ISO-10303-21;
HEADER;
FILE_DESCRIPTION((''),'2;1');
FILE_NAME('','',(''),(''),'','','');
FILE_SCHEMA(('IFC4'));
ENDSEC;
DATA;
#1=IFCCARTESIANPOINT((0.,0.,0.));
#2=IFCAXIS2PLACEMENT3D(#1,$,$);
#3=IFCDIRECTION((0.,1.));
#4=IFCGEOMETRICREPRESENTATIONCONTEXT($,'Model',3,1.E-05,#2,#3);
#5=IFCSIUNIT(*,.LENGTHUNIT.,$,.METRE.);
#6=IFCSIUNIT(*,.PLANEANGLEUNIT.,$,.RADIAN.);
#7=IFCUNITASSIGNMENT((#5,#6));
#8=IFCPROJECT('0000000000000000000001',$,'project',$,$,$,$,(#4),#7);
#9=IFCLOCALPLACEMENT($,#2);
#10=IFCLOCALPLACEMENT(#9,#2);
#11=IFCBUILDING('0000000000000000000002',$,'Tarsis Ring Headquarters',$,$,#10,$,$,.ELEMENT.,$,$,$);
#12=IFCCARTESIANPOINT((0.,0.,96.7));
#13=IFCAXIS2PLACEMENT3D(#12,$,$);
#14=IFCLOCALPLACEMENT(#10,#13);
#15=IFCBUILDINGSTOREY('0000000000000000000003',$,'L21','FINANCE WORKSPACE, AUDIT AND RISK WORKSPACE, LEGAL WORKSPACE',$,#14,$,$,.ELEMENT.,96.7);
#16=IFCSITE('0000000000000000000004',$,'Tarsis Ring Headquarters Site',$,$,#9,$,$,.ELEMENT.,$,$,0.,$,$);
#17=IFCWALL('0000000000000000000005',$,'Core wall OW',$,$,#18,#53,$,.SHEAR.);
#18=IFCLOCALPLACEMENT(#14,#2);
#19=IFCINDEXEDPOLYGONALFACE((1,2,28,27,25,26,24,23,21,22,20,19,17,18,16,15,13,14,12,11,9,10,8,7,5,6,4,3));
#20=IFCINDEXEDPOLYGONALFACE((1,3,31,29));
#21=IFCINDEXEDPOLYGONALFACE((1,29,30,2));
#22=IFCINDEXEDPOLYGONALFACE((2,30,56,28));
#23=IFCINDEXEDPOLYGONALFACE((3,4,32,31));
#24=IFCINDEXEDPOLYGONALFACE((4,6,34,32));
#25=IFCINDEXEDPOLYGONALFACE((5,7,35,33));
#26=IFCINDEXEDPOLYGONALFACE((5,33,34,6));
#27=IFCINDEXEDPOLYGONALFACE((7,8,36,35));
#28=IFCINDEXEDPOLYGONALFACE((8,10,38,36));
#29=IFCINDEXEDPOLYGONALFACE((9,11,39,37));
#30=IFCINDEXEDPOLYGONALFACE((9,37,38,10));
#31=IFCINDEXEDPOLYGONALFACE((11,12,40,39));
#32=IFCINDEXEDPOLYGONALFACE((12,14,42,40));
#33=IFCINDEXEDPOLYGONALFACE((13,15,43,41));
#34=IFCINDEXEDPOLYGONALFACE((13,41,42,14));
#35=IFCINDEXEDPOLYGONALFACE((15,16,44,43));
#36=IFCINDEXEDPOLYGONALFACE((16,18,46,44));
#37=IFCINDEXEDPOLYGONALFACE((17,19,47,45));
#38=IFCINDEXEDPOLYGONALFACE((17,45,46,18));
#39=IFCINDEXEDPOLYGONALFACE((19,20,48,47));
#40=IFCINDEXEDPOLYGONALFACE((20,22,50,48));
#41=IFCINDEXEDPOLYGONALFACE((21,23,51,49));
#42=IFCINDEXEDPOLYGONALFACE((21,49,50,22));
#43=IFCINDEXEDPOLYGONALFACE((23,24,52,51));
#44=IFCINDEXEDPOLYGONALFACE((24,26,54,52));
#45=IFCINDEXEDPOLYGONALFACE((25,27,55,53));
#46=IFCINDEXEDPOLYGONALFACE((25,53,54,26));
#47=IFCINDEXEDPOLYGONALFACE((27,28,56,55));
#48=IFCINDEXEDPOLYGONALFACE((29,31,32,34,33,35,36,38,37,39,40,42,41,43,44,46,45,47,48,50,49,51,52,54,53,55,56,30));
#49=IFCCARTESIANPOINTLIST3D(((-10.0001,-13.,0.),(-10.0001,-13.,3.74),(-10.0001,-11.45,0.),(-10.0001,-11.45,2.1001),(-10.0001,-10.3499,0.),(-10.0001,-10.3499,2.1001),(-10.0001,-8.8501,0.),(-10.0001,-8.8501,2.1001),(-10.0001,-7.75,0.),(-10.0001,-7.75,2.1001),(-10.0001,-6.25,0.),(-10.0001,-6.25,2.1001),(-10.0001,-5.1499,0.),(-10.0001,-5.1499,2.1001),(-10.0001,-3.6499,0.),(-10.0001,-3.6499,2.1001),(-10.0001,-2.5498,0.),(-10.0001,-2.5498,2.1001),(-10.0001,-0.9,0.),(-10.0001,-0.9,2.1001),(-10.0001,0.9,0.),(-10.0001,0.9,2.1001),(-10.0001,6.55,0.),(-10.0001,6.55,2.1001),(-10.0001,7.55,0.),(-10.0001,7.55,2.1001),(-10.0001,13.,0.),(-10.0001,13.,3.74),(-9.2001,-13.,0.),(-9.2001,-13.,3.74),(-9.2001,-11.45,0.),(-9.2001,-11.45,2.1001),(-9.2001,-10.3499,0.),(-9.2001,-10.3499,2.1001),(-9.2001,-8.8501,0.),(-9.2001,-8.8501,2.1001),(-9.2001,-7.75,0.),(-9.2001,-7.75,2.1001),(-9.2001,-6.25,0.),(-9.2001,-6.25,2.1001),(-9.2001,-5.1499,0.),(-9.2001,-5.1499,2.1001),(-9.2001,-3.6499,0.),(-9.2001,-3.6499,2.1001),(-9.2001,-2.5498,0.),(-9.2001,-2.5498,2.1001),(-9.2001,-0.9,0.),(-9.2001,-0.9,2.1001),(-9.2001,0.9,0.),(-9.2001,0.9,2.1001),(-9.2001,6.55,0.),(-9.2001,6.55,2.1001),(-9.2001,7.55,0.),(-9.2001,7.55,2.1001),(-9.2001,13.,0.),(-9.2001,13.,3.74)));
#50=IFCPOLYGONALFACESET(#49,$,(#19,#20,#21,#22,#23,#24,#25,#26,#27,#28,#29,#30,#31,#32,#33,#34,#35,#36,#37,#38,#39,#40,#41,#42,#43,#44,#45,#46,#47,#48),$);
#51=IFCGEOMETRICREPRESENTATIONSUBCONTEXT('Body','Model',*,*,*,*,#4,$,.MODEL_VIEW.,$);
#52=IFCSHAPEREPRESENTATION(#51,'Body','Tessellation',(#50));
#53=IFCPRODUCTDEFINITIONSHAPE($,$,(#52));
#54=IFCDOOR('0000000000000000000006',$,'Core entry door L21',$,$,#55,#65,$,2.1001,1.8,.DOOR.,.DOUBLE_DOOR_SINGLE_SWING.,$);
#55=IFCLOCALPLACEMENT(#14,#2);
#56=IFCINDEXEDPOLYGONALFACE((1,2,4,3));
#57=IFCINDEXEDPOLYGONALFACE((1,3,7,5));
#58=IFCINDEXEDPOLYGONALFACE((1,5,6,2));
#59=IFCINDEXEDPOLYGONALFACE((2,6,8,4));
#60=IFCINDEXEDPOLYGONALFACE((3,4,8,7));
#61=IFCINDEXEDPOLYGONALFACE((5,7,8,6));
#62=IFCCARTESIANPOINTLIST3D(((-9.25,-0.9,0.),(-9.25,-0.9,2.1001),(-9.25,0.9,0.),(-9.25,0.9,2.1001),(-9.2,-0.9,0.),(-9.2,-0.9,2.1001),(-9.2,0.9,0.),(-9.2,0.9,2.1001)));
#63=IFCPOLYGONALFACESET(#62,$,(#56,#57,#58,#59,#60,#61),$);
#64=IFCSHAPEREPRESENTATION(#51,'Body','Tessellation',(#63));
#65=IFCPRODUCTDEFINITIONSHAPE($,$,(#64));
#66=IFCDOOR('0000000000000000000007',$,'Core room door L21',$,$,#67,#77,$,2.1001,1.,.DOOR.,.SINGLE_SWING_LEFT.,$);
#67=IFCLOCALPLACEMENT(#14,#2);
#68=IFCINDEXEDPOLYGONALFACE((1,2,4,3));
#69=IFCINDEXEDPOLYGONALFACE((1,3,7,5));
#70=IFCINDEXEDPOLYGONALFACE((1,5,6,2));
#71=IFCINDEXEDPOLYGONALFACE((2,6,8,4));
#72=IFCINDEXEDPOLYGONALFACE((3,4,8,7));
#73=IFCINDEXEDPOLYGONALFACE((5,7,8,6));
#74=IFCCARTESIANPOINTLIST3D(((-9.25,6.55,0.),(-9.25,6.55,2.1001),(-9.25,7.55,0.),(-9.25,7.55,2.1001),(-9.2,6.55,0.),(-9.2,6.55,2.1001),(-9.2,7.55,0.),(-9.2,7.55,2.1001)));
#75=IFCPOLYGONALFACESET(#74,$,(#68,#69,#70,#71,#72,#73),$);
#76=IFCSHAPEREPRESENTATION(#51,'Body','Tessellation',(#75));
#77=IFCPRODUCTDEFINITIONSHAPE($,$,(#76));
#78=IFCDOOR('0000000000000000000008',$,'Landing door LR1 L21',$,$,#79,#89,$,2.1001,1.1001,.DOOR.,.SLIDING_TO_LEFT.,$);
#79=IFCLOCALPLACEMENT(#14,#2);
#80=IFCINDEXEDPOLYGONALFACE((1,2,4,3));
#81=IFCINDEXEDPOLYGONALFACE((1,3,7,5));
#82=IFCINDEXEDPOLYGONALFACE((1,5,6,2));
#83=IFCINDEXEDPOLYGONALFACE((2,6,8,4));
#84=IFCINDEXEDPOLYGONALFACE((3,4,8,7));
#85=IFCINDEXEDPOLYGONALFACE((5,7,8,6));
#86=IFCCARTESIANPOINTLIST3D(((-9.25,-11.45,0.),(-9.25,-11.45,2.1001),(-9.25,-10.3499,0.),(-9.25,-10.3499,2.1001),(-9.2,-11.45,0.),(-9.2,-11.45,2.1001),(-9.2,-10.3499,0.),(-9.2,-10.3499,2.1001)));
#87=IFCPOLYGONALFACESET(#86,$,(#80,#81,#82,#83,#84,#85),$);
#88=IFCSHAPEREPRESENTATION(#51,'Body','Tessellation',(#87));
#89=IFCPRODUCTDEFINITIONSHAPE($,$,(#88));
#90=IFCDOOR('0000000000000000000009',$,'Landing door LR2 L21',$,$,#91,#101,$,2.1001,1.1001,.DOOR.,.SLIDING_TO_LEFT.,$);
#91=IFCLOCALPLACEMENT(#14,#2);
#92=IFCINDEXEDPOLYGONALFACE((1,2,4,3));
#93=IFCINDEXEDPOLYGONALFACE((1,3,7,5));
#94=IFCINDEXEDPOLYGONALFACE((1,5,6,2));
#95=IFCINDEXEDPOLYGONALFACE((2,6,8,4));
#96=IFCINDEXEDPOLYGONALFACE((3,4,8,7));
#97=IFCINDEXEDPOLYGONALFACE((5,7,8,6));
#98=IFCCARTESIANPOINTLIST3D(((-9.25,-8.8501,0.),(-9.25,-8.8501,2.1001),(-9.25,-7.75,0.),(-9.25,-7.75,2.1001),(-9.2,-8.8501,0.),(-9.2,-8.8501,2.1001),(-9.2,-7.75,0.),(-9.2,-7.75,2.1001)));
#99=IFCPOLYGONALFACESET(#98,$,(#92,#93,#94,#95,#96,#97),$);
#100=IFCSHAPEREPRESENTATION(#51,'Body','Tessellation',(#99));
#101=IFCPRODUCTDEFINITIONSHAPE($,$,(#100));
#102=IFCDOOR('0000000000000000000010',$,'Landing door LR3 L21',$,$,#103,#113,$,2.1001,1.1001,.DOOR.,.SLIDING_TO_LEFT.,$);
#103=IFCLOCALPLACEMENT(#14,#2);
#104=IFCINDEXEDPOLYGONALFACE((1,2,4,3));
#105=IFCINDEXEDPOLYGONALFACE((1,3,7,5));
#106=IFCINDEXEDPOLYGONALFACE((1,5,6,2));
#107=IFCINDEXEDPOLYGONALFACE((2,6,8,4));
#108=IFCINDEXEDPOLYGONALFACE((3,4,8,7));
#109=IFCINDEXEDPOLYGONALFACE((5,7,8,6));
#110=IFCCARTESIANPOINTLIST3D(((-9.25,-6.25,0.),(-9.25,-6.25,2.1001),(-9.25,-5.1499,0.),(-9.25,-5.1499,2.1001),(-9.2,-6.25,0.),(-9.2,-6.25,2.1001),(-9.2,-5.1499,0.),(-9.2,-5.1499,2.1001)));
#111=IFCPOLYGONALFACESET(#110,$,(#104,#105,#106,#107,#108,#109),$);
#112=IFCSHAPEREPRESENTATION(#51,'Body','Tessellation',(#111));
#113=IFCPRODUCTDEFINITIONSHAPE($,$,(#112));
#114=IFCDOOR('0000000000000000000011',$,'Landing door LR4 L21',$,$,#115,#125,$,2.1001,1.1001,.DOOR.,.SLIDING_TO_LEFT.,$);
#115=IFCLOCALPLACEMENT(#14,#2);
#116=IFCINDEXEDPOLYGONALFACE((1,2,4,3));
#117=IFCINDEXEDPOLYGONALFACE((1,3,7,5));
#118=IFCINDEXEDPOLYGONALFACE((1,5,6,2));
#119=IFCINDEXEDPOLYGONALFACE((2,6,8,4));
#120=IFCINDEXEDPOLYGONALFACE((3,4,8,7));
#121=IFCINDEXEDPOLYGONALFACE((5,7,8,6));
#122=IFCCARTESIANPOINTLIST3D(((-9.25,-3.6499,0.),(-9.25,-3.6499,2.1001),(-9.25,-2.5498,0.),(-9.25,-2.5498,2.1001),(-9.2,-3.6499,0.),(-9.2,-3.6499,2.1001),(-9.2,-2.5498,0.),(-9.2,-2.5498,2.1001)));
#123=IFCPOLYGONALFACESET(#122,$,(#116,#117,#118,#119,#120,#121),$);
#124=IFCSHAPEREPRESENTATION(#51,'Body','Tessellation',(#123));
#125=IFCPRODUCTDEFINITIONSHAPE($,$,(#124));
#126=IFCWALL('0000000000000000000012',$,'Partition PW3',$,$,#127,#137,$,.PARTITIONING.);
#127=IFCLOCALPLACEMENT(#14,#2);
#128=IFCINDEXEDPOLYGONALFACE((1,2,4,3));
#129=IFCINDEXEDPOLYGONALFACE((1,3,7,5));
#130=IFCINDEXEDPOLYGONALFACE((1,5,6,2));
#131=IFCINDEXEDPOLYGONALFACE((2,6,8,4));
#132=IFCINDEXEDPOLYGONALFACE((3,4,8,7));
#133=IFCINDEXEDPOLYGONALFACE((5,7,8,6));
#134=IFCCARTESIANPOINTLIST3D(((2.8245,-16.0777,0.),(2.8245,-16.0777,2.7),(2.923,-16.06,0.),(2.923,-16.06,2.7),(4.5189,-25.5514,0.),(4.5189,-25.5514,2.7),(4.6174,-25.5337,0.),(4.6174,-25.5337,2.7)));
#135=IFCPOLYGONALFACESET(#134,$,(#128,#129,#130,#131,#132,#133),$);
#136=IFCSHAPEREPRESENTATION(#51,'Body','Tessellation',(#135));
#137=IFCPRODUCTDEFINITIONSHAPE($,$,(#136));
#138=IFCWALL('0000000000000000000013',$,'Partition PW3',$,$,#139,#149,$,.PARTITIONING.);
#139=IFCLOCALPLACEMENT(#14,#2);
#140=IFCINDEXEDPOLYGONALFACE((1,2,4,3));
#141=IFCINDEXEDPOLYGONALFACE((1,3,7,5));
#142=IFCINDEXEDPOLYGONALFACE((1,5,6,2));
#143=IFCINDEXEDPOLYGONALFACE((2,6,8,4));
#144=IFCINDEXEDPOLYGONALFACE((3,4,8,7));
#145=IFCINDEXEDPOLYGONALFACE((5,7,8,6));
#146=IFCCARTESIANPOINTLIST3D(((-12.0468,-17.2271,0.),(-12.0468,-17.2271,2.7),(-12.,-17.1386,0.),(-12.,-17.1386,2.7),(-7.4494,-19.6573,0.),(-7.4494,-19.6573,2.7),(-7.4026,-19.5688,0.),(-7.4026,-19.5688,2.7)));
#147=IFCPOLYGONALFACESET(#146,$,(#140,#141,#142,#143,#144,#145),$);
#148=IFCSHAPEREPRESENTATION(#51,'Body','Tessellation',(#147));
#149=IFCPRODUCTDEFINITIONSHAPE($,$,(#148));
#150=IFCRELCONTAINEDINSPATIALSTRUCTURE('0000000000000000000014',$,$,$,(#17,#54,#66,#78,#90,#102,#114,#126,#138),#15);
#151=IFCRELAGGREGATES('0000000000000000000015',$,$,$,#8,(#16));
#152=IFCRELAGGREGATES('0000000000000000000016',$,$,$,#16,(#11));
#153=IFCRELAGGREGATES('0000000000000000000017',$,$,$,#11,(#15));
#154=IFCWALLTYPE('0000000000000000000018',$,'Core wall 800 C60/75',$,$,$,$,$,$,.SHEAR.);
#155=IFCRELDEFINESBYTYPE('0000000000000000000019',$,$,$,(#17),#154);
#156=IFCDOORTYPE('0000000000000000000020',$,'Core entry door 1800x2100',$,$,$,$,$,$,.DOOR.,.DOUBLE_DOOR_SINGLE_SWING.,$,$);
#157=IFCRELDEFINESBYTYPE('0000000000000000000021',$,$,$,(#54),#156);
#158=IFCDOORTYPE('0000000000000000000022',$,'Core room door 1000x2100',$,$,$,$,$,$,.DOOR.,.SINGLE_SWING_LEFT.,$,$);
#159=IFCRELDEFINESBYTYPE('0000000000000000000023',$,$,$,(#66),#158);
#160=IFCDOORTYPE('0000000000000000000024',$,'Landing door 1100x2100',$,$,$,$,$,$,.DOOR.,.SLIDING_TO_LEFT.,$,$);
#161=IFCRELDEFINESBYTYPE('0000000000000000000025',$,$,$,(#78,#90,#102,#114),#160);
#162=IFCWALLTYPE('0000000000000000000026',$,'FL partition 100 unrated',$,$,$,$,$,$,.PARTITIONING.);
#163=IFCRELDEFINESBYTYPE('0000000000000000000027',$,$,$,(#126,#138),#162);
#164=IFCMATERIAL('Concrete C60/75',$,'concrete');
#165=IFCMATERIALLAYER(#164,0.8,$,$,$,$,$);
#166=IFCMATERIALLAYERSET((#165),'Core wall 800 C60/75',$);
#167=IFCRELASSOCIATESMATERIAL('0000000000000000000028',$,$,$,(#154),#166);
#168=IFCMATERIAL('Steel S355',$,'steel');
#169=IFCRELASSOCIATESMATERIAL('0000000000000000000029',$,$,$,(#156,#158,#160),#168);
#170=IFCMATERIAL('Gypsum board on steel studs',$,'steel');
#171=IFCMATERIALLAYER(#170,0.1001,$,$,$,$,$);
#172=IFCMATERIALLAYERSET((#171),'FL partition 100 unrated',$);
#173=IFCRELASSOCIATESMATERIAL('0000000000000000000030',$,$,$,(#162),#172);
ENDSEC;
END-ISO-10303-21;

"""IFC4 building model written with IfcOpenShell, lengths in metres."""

from ifc_helpers import new_model, si_unit, direction, frame, frame_2d, origin, place, context, subcontext, project, spatial, rectangle, extrude, material, layer, layer_set, type_object, element, fill, save


model = new_model("IFC4")

# Units and contexts
model_context = context("Model", 3, precision=1e-05, world=origin(), true_north=direction((0.0, 1.0)))
body_context = subcontext(model_context, "Body", "Model", "MODEL_VIEW")
ifc_project = project(units=[si_unit("LENGTHUNIT", "METRE"), si_unit("PLANEANGLEUNIT", "RADIAN")], contexts=[model_context])

# Site, building, storey
site_placement = place(None, origin())
site = spatial("IfcSite", under=ifc_project, at=site_placement, Name="Tarsis Ring Headquarters Site", CompositionType="ELEMENT", RefElevation=0.0)
building_placement = place(site_placement, origin())
building = spatial("IfcBuilding", under=site, at=building_placement, Name="Tarsis Ring Headquarters", CompositionType="ELEMENT")
storey_placement = place(building_placement, frame((0.0, 0.0, 96.7)))
storey = spatial("IfcBuildingStorey", under=building, at=storey_placement, Name="L21", Description="FINANCE WORKSPACE, AUDIT AND RISK WORKSPACE, LEGAL WORKSPACE", CompositionType="ELEMENT", Elevation=96.7)

# Wall, openings, doors
ifc_material_1 = material(Name="Concrete C60/75", Category="concrete")
ifc_layer_1 = layer(ifc_material_1, 0.8)
ifc_layer_set_1 = layer_set([ifc_layer_1], Name="Core wall 800 C60/75")
wall_type_1 = type_object("IfcWallType", Name="Core wall 800 C60/75", PredefinedType="SHEAR", material=ifc_layer_set_1)
wall_1_placement = place(storey_placement, frame((-9.6001, -13.0, 0.0), z_axis=(0.0, 0.0, 1.0), x_axis=(0.0, 1.0, 0.0)))
wall_1 = element("IfcWall", 1, at=wall_1_placement, inside=storey, type_object=wall_type_1, Name="Core wall OW", PredefinedType="SHEAR", context=body_context, shape_type="SweptSolid", body=[
    extrude(rectangle(XDim=26.0, YDim=0.8, at=frame_2d((13.0, 0.0))), origin(), (0.0, 0.0, 1.0), 3.74),
])
opening_1_placement = place(wall_1_placement, frame((1.55, 0.0, 0.0)))
opening_1 = element("IfcOpeningElement", 2, at=opening_1_placement, cuts=wall_1, PredefinedType="OPENING", context=body_context, shape_type="SweptSolid", body=[
    extrude(rectangle(XDim=1.1001, YDim=2.1001, at=frame_2d((0.55, 1.05))), frame((0.0, 0.4099, 0.0), z_axis=(0.0, -1.0, 0.0), x_axis=(1.0, 0.0, 0.0)), (0.0, 0.0, 1.0), 0.8201),
])
opening_2_placement = place(wall_1_placement, frame((4.1499, 0.0, 0.0)))
opening_2 = element("IfcOpeningElement", 3, at=opening_2_placement, cuts=wall_1, PredefinedType="OPENING", context=body_context, shape_type="SweptSolid", body=[
    extrude(rectangle(XDim=1.1001, YDim=2.1001, at=frame_2d((0.55, 1.05))), frame((0.0, 0.4099, 0.0), z_axis=(0.0, -1.0, 0.0), x_axis=(1.0, 0.0, 0.0)), (0.0, 0.0, 1.0), 0.8201),
])
opening_3_placement = place(wall_1_placement, frame((6.75, 0.0, 0.0)))
opening_3 = element("IfcOpeningElement", 4, at=opening_3_placement, cuts=wall_1, PredefinedType="OPENING", context=body_context, shape_type="SweptSolid", body=[
    extrude(rectangle(XDim=1.1001, YDim=2.1001, at=frame_2d((0.55, 1.05))), frame((0.0, 0.4099, 0.0), z_axis=(0.0, -1.0, 0.0), x_axis=(1.0, 0.0, 0.0)), (0.0, 0.0, 1.0), 0.8201),
])
opening_4_placement = place(wall_1_placement, frame((9.3501, 0.0, 0.0)))
opening_4 = element("IfcOpeningElement", 5, at=opening_4_placement, cuts=wall_1, PredefinedType="OPENING", context=body_context, shape_type="SweptSolid", body=[
    extrude(rectangle(XDim=1.1001, YDim=2.1001, at=frame_2d((0.55, 1.05))), frame((0.0, 0.4099, 0.0), z_axis=(0.0, -1.0, 0.0), x_axis=(1.0, 0.0, 0.0)), (0.0, 0.0, 1.0), 0.8201),
])
opening_5_placement = place(wall_1_placement, frame((12.1001, 0.0, 0.0)))
opening_5 = element("IfcOpeningElement", 6, at=opening_5_placement, cuts=wall_1, PredefinedType="OPENING", context=body_context, shape_type="SweptSolid", body=[
    extrude(rectangle(XDim=1.8, YDim=2.1001, at=frame_2d((0.8999, 1.05))), frame((0.0, 0.4099, 0.0), z_axis=(0.0, -1.0, 0.0), x_axis=(1.0, 0.0, 0.0)), (0.0, 0.0, 1.0), 0.8201),
])
opening_6_placement = place(wall_1_placement, frame((19.55, 0.0, 0.0)))
opening_6 = element("IfcOpeningElement", 7, at=opening_6_placement, cuts=wall_1, PredefinedType="OPENING", context=body_context, shape_type="SweptSolid", body=[
    extrude(rectangle(XDim=1.0, YDim=2.1001, at=frame_2d((0.5, 1.05))), frame((0.0, 0.4099, 0.0), z_axis=(0.0, -1.0, 0.0), x_axis=(1.0, 0.0, 0.0)), (0.0, 0.0, 1.0), 0.8201),
])
ifc_material_2 = material(Name="Steel S355", Category="steel")
door_type_1 = type_object("IfcDoorType", Name="Core entry door 1800x2100", OperationType="DOUBLE_DOOR_SINGLE_SWING", PredefinedType="DOOR", material=ifc_material_2)
door_1_placement = place(opening_5_placement, origin())
door_1 = element("IfcDoor", 8, at=door_1_placement, inside=storey, type_object=door_type_1, Name="Core entry door L21", OperationType="DOUBLE_DOOR_SINGLE_SWING", OverallHeight=2.1001, OverallWidth=1.8, PredefinedType="DOOR", context=body_context, shape_type="SweptSolid", body=[
    extrude(rectangle(XDim=1.8, YDim=2.1001, at=frame_2d((0.8999, 1.05))), frame((0.0, -0.3501, 0.0), z_axis=(0.0, -1.0, 0.0), x_axis=(1.0, 0.0, 0.0)), (0.0, 0.0, 1.0), 0.05),
])
fill(opening_5, door_1)
door_type_2 = type_object("IfcDoorType", Name="Core room door 1000x2100", OperationType="SINGLE_SWING_LEFT", PredefinedType="DOOR", material=ifc_material_2)
door_2_placement = place(opening_6_placement, origin())
door_2 = element("IfcDoor", 9, at=door_2_placement, inside=storey, type_object=door_type_2, Name="Core room door L21", OperationType="SINGLE_SWING_LEFT", OverallHeight=2.1001, OverallWidth=1.0, PredefinedType="DOOR", context=body_context, shape_type="SweptSolid", body=[
    extrude(rectangle(XDim=1.0, YDim=2.1001, at=frame_2d((0.5, 1.05))), frame((0.0, -0.3501, 0.0), z_axis=(0.0, -1.0, 0.0), x_axis=(1.0, 0.0, 0.0)), (0.0, 0.0, 1.0), 0.05),
])
fill(opening_6, door_2)
door_type_3 = type_object("IfcDoorType", Name="Landing door 1100x2100", OperationType="SLIDING_TO_LEFT", PredefinedType="DOOR", material=ifc_material_2)
door_3_placement = place(opening_1_placement, origin())
door_3 = element("IfcDoor", 10, at=door_3_placement, inside=storey, type_object=door_type_3, Name="Landing door LR1 L21", OperationType="SLIDING_TO_LEFT", OverallHeight=2.1001, OverallWidth=1.1001, PredefinedType="DOOR", context=body_context, shape_type="SweptSolid", body=[
    extrude(rectangle(XDim=1.1001, YDim=2.1001, at=frame_2d((0.55, 1.05))), frame((0.0, -0.3501, 0.0), z_axis=(0.0, -1.0, 0.0), x_axis=(1.0, 0.0, 0.0)), (0.0, 0.0, 1.0), 0.05),
])
fill(opening_1, door_3)
door_4_placement = place(opening_2_placement, origin())
door_4 = element("IfcDoor", 11, at=door_4_placement, inside=storey, type_object=door_type_3, Name="Landing door LR2 L21", OperationType="SLIDING_TO_LEFT", OverallHeight=2.1001, OverallWidth=1.1001, PredefinedType="DOOR", context=body_context, shape_type="SweptSolid", body=[
    extrude(rectangle(XDim=1.1001, YDim=2.1001, at=frame_2d((0.55, 1.05))), frame((0.0, -0.3501, 0.0), z_axis=(0.0, -1.0, 0.0), x_axis=(1.0, 0.0, 0.0)), (0.0, 0.0, 1.0), 0.05),
])
fill(opening_2, door_4)
door_5_placement = place(opening_3_placement, origin())
door_5 = element("IfcDoor", 12, at=door_5_placement, inside=storey, type_object=door_type_3, Name="Landing door LR3 L21", OperationType="SLIDING_TO_LEFT", OverallHeight=2.1001, OverallWidth=1.1001, PredefinedType="DOOR", context=body_context, shape_type="SweptSolid", body=[
    extrude(rectangle(XDim=1.1001, YDim=2.1001, at=frame_2d((0.55, 1.05))), frame((0.0, -0.3501, 0.0), z_axis=(0.0, -1.0, 0.0), x_axis=(1.0, 0.0, 0.0)), (0.0, 0.0, 1.0), 0.05),
])
fill(opening_3, door_5)
door_6_placement = place(opening_4_placement, origin())
door_6 = element("IfcDoor", 13, at=door_6_placement, inside=storey, type_object=door_type_3, Name="Landing door LR4 L21", OperationType="SLIDING_TO_LEFT", OverallHeight=2.1001, OverallWidth=1.1001, PredefinedType="DOOR", context=body_context, shape_type="SweptSolid", body=[
    extrude(rectangle(XDim=1.1001, YDim=2.1001, at=frame_2d((0.55, 1.05))), frame((0.0, -0.3501, 0.0), z_axis=(0.0, -1.0, 0.0), x_axis=(1.0, 0.0, 0.0)), (0.0, 0.0, 1.0), 0.05),
])
fill(opening_4, door_6)

# Walls
ifc_material_3 = material(Name="Gypsum board on steel studs", Category="steel")
ifc_layer_2 = layer(ifc_material_3, 0.1001)
ifc_layer_set_2 = layer_set([ifc_layer_2], Name="FL partition 100 unrated")
wall_type_2 = type_object("IfcWallType", Name="FL partition 100 unrated", PredefinedType="PARTITIONING", material=ifc_layer_set_2)
wall_2_placement = place(storey_placement, frame((2.8738, -16.0688, 0.0), z_axis=(0.0, 0.0, 1.0), x_axis=(0.176054, -0.984381, 0.0)))
element("IfcWall", 14, at=wall_2_placement, inside=storey, type_object=wall_type_2, Name="Partition PW3", PredefinedType="PARTITIONING", context=body_context, shape_type="SweptSolid", body=[
    extrude(rectangle(XDim=9.624, YDim=0.1001, at=frame_2d((4.812, 0.0))), origin(), (0.0, 0.0, 1.0), 2.7),
])
wall_3_placement = place(storey_placement, frame((-12.0234, -17.1829, 0.0), z_axis=(0.0, 0.0, 1.0), x_axis=(0.884086, -0.467325, 0.0)))
element("IfcWall", 15, at=wall_3_placement, inside=storey, type_object=wall_type_2, Name="Partition PW3", PredefinedType="PARTITIONING", context=body_context, shape_type="SweptSolid", body=[
    extrude(rectangle(XDim=5.2002, YDim=0.1001, at=frame_2d((2.6001, 0.0))), origin(), (0.0, 0.0, 1.0), 2.7),
])

save(model, "model.ifc")
